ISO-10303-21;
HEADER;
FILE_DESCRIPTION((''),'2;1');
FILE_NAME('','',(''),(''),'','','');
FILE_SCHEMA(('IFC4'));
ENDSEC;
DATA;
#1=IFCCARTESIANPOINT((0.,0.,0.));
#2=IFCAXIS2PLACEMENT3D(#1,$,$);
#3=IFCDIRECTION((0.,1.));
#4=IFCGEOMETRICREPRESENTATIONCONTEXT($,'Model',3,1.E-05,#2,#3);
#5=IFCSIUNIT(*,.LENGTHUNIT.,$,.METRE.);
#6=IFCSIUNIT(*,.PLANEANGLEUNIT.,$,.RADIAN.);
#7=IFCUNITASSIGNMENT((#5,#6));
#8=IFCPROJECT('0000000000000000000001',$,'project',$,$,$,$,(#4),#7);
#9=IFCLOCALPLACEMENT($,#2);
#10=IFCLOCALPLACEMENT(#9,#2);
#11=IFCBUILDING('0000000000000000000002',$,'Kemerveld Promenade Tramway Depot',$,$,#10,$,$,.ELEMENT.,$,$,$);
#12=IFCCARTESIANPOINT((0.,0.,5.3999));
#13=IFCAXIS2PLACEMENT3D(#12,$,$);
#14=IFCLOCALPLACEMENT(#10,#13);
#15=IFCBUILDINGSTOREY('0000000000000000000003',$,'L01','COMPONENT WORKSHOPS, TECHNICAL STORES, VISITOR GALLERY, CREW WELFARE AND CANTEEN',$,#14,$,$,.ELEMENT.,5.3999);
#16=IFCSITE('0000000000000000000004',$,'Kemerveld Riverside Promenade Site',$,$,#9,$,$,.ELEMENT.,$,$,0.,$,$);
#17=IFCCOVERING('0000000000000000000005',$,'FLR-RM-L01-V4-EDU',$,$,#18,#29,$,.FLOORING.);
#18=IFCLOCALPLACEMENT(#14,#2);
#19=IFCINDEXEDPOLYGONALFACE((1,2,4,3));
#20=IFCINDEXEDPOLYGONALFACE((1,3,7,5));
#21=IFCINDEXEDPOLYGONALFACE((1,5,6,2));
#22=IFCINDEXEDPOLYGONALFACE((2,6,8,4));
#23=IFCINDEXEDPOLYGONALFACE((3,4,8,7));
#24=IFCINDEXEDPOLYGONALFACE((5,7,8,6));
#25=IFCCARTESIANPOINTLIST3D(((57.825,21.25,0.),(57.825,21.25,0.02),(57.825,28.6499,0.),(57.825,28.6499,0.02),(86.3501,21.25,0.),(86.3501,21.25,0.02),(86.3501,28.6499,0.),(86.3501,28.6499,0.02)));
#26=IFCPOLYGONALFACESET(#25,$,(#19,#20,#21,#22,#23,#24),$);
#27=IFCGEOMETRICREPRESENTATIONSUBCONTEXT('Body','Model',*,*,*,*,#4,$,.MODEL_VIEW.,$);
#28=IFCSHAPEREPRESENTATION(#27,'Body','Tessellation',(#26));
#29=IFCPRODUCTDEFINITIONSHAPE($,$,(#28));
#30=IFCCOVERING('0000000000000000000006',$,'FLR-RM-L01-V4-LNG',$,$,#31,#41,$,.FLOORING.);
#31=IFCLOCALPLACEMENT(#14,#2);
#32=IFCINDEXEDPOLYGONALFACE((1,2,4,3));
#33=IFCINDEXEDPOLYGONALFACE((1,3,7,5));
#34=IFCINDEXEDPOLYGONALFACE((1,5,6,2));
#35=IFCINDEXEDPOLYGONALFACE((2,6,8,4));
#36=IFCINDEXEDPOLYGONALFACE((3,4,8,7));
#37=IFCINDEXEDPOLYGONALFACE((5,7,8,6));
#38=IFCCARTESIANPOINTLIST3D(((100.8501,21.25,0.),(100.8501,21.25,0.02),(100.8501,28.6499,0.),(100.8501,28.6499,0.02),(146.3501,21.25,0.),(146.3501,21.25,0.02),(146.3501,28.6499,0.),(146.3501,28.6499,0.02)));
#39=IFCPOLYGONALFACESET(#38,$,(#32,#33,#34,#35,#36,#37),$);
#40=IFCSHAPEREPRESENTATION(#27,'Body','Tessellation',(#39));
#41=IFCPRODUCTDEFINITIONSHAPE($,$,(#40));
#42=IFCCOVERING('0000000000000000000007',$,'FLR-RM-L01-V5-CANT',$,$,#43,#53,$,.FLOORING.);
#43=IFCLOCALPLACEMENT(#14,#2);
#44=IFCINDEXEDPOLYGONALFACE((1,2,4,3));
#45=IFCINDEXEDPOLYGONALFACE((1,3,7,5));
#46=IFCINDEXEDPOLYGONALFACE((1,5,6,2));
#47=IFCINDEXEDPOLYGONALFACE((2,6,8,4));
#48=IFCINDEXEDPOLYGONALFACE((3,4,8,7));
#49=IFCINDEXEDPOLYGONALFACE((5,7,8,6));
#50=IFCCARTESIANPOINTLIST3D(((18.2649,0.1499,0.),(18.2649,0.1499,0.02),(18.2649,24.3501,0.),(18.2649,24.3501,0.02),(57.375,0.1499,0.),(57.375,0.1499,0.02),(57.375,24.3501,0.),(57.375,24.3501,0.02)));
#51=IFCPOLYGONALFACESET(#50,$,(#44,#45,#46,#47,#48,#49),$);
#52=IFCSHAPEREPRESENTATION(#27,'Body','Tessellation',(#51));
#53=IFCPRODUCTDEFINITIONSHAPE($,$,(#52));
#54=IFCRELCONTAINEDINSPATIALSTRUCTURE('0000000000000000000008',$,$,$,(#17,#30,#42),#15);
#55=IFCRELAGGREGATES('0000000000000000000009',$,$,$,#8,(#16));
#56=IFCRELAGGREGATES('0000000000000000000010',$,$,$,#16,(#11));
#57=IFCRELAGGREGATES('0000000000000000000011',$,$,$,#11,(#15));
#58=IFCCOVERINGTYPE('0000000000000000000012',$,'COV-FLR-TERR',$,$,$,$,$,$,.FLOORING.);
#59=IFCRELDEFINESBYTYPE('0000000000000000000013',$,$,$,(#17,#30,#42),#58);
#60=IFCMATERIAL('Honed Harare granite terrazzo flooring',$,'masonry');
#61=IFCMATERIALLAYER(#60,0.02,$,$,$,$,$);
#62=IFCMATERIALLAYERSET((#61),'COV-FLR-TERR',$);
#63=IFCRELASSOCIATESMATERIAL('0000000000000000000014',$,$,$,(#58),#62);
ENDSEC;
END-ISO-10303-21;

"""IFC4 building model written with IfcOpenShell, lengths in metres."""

from ifc_helpers import new_model, si_unit, direction, frame, origin, place, context, subcontext, project, spatial, polyline, outline, extrude, material, layer, layer_set, type_object, element, save


model = new_model("IFC4")

# Units and contexts
model_context = context("Model", 3, precision=1e-05, world=origin(), true_north=direction((0.0, 1.0)))
body_context = subcontext(model_context, "Body", "Model", "MODEL_VIEW")
ifc_project = project(units=[si_unit("LENGTHUNIT", "METRE"), si_unit("PLANEANGLEUNIT", "RADIAN")], contexts=[model_context])

# Site, building, storey
site_placement = place(None, origin())
site = spatial("IfcSite", under=ifc_project, at=site_placement, Name="Kemerveld Riverside Promenade Site", CompositionType="ELEMENT", RefElevation=0.0)
building_placement = place(site_placement, origin())
building = spatial("IfcBuilding", under=site, at=building_placement, Name="Kemerveld Promenade Tramway Depot", CompositionType="ELEMENT")
storey_placement = place(building_placement, frame((0.0, 0.0, 5.3999)))
storey = spatial("IfcBuildingStorey", under=building, at=storey_placement, Name="L01", Description="COMPONENT WORKSHOPS, TECHNICAL STORES, VISITOR GALLERY, CREW WELFARE AND CANTEEN", CompositionType="ELEMENT", Elevation=5.3999)

# Coverings
ifc_material_1 = material(Name="Honed Harare granite terrazzo flooring", Category="masonry")
ifc_layer_1 = layer(ifc_material_1, 0.02)
ifc_layer_set_1 = layer_set([ifc_layer_1], Name="COV-FLR-TERR")
covering_type_1 = type_object("IfcCoveringType", Name="COV-FLR-TERR", PredefinedType="FLOORING", material=ifc_layer_set_1)
covering_1_placement = place(storey_placement, origin())
element("IfcCovering", 1, at=covering_1_placement, inside=storey, type_object=covering_type_1, Name="FLR-RM-L01-V4-EDU", PredefinedType="FLOORING", context=body_context, shape_type="SweptSolid", body=[
    extrude(outline(polyline([(57.825, 21.25), (86.3501, 21.25), (86.3501, 28.6499), (57.825, 28.6499), (57.825, 21.25)])), origin(), (0.0, 0.0, 1.0), 0.02),
])
covering_2_placement = place(storey_placement, origin())
element("IfcCovering", 2, at=covering_2_placement, inside=storey, type_object=covering_type_1, Name="FLR-RM-L01-V4-LNG", PredefinedType="FLOORING", context=body_context, shape_type="SweptSolid", body=[
    extrude(outline(polyline([(100.8501, 21.25), (146.3501, 21.25), (146.3501, 28.6499), (100.8501, 28.6499), (100.8501, 21.25)])), origin(), (0.0, 0.0, 1.0), 0.02),
])
covering_3_placement = place(storey_placement, origin())
element("IfcCovering", 3, at=covering_3_placement, inside=storey, type_object=covering_type_1, Name="FLR-RM-L01-V5-CANT", PredefinedType="FLOORING", context=body_context, shape_type="SweptSolid", body=[
    extrude(outline(polyline([(18.2649, 0.1499), (57.375, 0.1499), (57.375, 24.3501), (18.2649, 24.3501), (18.2649, 0.1499)])), origin(), (0.0, 0.0, 1.0), 0.02),
])

save(model, "model.ifc")
